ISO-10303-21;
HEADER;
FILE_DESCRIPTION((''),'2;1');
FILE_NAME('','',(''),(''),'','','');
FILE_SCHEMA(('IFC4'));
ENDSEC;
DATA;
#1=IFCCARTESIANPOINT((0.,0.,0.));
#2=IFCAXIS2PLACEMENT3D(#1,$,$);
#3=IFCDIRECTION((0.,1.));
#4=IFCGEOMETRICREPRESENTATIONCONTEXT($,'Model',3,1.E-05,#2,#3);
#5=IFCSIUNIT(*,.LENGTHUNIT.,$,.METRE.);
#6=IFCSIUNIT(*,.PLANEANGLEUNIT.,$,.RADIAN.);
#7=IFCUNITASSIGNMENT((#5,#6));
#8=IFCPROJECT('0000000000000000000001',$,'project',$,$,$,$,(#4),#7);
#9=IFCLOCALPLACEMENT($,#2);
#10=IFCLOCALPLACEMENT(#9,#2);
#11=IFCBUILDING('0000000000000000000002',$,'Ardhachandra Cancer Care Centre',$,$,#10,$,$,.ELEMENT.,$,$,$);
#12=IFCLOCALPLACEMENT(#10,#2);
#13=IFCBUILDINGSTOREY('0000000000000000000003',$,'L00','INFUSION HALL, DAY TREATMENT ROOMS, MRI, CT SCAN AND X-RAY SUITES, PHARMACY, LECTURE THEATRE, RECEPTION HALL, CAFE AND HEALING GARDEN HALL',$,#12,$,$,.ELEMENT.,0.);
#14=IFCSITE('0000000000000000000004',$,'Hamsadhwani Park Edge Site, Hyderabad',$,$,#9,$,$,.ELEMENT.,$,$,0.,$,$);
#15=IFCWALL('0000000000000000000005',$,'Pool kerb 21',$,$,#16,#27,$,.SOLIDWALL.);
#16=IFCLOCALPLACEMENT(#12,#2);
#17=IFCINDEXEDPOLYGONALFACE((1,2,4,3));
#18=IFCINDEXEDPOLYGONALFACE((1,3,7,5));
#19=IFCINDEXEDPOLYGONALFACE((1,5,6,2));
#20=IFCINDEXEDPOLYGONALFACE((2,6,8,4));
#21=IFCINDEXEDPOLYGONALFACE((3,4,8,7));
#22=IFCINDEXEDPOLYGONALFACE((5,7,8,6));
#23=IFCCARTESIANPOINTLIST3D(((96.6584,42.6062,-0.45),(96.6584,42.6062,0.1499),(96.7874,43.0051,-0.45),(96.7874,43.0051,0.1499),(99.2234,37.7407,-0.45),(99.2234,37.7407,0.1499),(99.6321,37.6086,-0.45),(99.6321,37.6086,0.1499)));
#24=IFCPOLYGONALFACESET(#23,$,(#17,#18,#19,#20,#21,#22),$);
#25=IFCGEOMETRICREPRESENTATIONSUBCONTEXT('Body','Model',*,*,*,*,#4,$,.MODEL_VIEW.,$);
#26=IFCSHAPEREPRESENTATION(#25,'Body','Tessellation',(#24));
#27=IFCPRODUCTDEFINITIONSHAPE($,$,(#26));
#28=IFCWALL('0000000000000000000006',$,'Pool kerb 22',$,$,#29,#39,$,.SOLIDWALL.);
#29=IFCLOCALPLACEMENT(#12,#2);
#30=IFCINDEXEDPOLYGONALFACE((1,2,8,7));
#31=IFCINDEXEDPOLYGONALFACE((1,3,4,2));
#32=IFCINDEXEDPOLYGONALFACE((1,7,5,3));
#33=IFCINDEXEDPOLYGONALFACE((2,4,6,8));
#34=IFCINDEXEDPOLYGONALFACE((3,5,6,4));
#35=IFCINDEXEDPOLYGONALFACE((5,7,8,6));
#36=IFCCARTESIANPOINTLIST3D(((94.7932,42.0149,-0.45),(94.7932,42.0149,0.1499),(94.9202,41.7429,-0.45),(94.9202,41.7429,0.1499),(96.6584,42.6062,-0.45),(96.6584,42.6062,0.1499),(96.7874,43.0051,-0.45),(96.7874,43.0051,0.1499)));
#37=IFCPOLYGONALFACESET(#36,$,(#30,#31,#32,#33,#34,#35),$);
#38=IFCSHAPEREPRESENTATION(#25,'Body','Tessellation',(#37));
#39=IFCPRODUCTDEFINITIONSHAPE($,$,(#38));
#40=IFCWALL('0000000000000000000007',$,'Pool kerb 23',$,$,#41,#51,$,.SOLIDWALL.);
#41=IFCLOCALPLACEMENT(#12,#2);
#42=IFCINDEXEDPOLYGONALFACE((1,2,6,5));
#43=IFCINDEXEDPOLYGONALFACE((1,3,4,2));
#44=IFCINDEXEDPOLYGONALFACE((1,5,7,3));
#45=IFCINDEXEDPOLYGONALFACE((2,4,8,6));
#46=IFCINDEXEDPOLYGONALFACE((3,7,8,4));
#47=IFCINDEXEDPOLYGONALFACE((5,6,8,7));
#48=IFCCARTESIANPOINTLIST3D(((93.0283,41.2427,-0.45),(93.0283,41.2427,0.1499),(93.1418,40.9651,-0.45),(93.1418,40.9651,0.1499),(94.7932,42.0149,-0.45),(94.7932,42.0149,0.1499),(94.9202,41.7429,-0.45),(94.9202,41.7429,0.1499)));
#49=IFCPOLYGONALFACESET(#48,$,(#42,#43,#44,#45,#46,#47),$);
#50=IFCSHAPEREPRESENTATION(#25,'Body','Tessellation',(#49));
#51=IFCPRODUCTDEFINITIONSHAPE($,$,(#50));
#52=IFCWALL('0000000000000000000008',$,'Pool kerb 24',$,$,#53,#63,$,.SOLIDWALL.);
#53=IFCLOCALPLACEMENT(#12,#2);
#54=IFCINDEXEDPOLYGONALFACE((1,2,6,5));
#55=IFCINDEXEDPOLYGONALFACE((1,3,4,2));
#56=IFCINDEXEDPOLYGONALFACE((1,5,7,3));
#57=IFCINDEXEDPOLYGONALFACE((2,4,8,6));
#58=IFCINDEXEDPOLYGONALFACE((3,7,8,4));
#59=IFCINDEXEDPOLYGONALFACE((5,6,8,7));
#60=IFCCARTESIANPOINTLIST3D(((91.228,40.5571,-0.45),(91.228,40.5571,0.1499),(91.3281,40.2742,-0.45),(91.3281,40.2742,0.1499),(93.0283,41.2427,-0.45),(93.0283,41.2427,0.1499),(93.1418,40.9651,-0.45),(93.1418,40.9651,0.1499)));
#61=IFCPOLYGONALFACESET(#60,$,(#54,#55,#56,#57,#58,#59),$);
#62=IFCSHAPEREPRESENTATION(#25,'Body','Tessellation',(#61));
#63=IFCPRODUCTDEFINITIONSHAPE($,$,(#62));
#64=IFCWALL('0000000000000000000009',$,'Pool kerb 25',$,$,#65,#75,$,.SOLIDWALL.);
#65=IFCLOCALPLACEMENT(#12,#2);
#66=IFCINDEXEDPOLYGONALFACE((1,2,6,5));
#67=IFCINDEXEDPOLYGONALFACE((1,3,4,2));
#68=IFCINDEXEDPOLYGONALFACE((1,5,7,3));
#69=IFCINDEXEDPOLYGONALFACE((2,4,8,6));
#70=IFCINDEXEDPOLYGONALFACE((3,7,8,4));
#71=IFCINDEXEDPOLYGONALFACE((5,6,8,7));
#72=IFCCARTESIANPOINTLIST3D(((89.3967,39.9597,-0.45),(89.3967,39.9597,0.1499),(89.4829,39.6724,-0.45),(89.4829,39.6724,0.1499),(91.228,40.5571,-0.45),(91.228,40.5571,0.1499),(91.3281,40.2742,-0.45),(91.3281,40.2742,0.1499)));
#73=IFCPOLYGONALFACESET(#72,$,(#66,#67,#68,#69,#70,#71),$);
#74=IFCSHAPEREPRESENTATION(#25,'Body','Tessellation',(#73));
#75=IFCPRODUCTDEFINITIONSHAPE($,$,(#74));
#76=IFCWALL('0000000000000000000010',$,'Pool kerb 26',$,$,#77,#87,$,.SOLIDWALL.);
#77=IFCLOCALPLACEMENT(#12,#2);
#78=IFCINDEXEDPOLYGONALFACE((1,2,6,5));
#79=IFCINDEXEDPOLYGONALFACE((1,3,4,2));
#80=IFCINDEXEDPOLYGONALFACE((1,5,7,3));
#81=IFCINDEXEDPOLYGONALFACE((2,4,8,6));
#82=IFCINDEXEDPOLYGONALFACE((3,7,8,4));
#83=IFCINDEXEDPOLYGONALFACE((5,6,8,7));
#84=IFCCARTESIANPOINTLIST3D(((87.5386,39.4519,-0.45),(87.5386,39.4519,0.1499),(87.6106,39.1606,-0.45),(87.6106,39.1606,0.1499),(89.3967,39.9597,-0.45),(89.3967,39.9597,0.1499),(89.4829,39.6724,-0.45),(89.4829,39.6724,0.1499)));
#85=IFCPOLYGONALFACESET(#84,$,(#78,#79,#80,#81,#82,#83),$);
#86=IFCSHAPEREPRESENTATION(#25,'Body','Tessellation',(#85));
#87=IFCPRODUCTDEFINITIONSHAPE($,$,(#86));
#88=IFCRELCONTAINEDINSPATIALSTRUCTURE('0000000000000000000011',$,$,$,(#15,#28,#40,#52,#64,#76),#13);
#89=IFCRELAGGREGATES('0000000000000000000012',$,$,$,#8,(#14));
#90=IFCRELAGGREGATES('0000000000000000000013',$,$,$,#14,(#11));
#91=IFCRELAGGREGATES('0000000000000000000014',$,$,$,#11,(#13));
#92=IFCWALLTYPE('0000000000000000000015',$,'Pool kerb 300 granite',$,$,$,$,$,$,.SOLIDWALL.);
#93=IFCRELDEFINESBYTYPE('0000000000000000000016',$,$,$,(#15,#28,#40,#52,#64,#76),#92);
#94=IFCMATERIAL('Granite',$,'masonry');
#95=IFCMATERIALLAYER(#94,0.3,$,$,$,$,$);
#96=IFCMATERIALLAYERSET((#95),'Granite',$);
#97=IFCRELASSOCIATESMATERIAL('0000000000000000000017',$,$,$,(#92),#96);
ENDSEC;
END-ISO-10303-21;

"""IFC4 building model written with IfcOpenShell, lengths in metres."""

from ifc_helpers import new_model, si_unit, direction, frame, origin, place, context, subcontext, project, spatial, polyline, outline, extrude, material, layer, layer_set, type_object, element, save


model = new_model("IFC4")

# Units and contexts
model_context = context("Model", 3, precision=1e-05, world=origin(), true_north=direction((0.0, 1.0)))
body_context = subcontext(model_context, "Body", "Model", "MODEL_VIEW")
ifc_project = project(units=[si_unit("LENGTHUNIT", "METRE"), si_unit("PLANEANGLEUNIT", "RADIAN")], contexts=[model_context])

# Site, building, storey
site_placement = place(None, origin())
site = spatial("IfcSite", under=ifc_project, at=site_placement, Name="Hamsadhwani Park Edge Site, Hyderabad", CompositionType="ELEMENT", RefElevation=0.0)
building_placement = place(site_placement, origin())
building = spatial("IfcBuilding", under=site, at=building_placement, Name="Ardhachandra Cancer Care Centre", CompositionType="ELEMENT")
storey_placement = place(building_placement, origin())
storey = spatial("IfcBuildingStorey", under=building, at=storey_placement, Name="L00", Description="INFUSION HALL, DAY TREATMENT ROOMS, MRI, CT SCAN AND X-RAY SUITES, PHARMACY, LECTURE THEATRE, RECEPTION HALL, CAFE AND HEALING GARDEN HALL", CompositionType="ELEMENT", Elevation=0.0)

# Walls
ifc_material_1 = material(Name="Granite", Category="masonry")
ifc_layer_1 = layer(ifc_material_1, 0.3)
ifc_layer_set_1 = layer_set([ifc_layer_1], Name="Granite")
wall_type = type_object("IfcWallType", Name="Pool kerb 300 granite", PredefinedType="SOLIDWALL", material=ifc_layer_set_1)
wall_1_placement = place(storey_placement, frame((0.0, 0.0, -0.45)))
element("IfcWall", 1, at=wall_1_placement, inside=storey, type_object=wall_type, Name="Pool kerb 21", PredefinedType="SOLIDWALL", context=body_context, shape_type="SweptSolid", body=[
    extrude(outline(polyline([(99.2234, 37.7407), (96.6584, 42.6062), (96.7874, 43.0051), (99.6321, 37.6086), (99.2234, 37.7407)])), origin(), (0.0, 0.0, 1.0), 0.5999),
])
wall_2_placement = place(storey_placement, frame((0.0, 0.0, -0.45)))
element("IfcWall", 2, at=wall_2_placement, inside=storey, type_object=wall_type, Name="Pool kerb 22", PredefinedType="SOLIDWALL", context=body_context, shape_type="SweptSolid", body=[
    extrude(outline(polyline([(96.6584, 42.6062), (94.9202, 41.7429), (94.7932, 42.0149), (96.7874, 43.0051), (96.6584, 42.6062)])), origin(), (0.0, 0.0, 1.0), 0.5999),
])
wall_3_placement = place(storey_placement, frame((0.0, 0.0, -0.45)))
element("IfcWall", 3, at=wall_3_placement, inside=storey, type_object=wall_type, Name="Pool kerb 23", PredefinedType="SOLIDWALL", context=body_context, shape_type="SweptSolid", body=[
    extrude(outline(polyline([(94.9202, 41.7429), (93.1418, 40.9651), (93.0283, 41.2427), (94.7932, 42.0149), (94.9202, 41.7429)])), origin(), (0.0, 0.0, 1.0), 0.5999),
])
wall_4_placement = place(storey_placement, frame((0.0, 0.0, -0.45)))
element("IfcWall", 4, at=wall_4_placement, inside=storey, type_object=wall_type, Name="Pool kerb 24", PredefinedType="SOLIDWALL", context=body_context, shape_type="SweptSolid", body=[
    extrude(outline(polyline([(93.1418, 40.9651), (91.3281, 40.2742), (91.228, 40.5571), (93.0283, 41.2427), (93.1418, 40.9651)])), origin(), (0.0, 0.0, 1.0), 0.5999),
])
wall_5_placement = place(storey_placement, frame((0.0, 0.0, -0.45)))
element("IfcWall", 5, at=wall_5_placement, inside=storey, type_object=wall_type, Name="Pool kerb 25", PredefinedType="SOLIDWALL", context=body_context, shape_type="SweptSolid", body=[
    extrude(outline(polyline([(91.3281, 40.2742), (89.4829, 39.6724), (89.3967, 39.9597), (91.228, 40.5571), (91.3281, 40.2742)])), origin(), (0.0, 0.0, 1.0), 0.5999),
])
wall_6_placement = place(storey_placement, frame((0.0, 0.0, -0.45)))
element("IfcWall", 6, at=wall_6_placement, inside=storey, type_object=wall_type, Name="Pool kerb 26", PredefinedType="SOLIDWALL", context=body_context, shape_type="SweptSolid", body=[
    extrude(outline(polyline([(89.4829, 39.6724), (87.6106, 39.1606), (87.5386, 39.4519), (89.3967, 39.9597), (89.4829, 39.6724)])), origin(), (0.0, 0.0, 1.0), 0.5999),
])

save(model, "model.ifc")
